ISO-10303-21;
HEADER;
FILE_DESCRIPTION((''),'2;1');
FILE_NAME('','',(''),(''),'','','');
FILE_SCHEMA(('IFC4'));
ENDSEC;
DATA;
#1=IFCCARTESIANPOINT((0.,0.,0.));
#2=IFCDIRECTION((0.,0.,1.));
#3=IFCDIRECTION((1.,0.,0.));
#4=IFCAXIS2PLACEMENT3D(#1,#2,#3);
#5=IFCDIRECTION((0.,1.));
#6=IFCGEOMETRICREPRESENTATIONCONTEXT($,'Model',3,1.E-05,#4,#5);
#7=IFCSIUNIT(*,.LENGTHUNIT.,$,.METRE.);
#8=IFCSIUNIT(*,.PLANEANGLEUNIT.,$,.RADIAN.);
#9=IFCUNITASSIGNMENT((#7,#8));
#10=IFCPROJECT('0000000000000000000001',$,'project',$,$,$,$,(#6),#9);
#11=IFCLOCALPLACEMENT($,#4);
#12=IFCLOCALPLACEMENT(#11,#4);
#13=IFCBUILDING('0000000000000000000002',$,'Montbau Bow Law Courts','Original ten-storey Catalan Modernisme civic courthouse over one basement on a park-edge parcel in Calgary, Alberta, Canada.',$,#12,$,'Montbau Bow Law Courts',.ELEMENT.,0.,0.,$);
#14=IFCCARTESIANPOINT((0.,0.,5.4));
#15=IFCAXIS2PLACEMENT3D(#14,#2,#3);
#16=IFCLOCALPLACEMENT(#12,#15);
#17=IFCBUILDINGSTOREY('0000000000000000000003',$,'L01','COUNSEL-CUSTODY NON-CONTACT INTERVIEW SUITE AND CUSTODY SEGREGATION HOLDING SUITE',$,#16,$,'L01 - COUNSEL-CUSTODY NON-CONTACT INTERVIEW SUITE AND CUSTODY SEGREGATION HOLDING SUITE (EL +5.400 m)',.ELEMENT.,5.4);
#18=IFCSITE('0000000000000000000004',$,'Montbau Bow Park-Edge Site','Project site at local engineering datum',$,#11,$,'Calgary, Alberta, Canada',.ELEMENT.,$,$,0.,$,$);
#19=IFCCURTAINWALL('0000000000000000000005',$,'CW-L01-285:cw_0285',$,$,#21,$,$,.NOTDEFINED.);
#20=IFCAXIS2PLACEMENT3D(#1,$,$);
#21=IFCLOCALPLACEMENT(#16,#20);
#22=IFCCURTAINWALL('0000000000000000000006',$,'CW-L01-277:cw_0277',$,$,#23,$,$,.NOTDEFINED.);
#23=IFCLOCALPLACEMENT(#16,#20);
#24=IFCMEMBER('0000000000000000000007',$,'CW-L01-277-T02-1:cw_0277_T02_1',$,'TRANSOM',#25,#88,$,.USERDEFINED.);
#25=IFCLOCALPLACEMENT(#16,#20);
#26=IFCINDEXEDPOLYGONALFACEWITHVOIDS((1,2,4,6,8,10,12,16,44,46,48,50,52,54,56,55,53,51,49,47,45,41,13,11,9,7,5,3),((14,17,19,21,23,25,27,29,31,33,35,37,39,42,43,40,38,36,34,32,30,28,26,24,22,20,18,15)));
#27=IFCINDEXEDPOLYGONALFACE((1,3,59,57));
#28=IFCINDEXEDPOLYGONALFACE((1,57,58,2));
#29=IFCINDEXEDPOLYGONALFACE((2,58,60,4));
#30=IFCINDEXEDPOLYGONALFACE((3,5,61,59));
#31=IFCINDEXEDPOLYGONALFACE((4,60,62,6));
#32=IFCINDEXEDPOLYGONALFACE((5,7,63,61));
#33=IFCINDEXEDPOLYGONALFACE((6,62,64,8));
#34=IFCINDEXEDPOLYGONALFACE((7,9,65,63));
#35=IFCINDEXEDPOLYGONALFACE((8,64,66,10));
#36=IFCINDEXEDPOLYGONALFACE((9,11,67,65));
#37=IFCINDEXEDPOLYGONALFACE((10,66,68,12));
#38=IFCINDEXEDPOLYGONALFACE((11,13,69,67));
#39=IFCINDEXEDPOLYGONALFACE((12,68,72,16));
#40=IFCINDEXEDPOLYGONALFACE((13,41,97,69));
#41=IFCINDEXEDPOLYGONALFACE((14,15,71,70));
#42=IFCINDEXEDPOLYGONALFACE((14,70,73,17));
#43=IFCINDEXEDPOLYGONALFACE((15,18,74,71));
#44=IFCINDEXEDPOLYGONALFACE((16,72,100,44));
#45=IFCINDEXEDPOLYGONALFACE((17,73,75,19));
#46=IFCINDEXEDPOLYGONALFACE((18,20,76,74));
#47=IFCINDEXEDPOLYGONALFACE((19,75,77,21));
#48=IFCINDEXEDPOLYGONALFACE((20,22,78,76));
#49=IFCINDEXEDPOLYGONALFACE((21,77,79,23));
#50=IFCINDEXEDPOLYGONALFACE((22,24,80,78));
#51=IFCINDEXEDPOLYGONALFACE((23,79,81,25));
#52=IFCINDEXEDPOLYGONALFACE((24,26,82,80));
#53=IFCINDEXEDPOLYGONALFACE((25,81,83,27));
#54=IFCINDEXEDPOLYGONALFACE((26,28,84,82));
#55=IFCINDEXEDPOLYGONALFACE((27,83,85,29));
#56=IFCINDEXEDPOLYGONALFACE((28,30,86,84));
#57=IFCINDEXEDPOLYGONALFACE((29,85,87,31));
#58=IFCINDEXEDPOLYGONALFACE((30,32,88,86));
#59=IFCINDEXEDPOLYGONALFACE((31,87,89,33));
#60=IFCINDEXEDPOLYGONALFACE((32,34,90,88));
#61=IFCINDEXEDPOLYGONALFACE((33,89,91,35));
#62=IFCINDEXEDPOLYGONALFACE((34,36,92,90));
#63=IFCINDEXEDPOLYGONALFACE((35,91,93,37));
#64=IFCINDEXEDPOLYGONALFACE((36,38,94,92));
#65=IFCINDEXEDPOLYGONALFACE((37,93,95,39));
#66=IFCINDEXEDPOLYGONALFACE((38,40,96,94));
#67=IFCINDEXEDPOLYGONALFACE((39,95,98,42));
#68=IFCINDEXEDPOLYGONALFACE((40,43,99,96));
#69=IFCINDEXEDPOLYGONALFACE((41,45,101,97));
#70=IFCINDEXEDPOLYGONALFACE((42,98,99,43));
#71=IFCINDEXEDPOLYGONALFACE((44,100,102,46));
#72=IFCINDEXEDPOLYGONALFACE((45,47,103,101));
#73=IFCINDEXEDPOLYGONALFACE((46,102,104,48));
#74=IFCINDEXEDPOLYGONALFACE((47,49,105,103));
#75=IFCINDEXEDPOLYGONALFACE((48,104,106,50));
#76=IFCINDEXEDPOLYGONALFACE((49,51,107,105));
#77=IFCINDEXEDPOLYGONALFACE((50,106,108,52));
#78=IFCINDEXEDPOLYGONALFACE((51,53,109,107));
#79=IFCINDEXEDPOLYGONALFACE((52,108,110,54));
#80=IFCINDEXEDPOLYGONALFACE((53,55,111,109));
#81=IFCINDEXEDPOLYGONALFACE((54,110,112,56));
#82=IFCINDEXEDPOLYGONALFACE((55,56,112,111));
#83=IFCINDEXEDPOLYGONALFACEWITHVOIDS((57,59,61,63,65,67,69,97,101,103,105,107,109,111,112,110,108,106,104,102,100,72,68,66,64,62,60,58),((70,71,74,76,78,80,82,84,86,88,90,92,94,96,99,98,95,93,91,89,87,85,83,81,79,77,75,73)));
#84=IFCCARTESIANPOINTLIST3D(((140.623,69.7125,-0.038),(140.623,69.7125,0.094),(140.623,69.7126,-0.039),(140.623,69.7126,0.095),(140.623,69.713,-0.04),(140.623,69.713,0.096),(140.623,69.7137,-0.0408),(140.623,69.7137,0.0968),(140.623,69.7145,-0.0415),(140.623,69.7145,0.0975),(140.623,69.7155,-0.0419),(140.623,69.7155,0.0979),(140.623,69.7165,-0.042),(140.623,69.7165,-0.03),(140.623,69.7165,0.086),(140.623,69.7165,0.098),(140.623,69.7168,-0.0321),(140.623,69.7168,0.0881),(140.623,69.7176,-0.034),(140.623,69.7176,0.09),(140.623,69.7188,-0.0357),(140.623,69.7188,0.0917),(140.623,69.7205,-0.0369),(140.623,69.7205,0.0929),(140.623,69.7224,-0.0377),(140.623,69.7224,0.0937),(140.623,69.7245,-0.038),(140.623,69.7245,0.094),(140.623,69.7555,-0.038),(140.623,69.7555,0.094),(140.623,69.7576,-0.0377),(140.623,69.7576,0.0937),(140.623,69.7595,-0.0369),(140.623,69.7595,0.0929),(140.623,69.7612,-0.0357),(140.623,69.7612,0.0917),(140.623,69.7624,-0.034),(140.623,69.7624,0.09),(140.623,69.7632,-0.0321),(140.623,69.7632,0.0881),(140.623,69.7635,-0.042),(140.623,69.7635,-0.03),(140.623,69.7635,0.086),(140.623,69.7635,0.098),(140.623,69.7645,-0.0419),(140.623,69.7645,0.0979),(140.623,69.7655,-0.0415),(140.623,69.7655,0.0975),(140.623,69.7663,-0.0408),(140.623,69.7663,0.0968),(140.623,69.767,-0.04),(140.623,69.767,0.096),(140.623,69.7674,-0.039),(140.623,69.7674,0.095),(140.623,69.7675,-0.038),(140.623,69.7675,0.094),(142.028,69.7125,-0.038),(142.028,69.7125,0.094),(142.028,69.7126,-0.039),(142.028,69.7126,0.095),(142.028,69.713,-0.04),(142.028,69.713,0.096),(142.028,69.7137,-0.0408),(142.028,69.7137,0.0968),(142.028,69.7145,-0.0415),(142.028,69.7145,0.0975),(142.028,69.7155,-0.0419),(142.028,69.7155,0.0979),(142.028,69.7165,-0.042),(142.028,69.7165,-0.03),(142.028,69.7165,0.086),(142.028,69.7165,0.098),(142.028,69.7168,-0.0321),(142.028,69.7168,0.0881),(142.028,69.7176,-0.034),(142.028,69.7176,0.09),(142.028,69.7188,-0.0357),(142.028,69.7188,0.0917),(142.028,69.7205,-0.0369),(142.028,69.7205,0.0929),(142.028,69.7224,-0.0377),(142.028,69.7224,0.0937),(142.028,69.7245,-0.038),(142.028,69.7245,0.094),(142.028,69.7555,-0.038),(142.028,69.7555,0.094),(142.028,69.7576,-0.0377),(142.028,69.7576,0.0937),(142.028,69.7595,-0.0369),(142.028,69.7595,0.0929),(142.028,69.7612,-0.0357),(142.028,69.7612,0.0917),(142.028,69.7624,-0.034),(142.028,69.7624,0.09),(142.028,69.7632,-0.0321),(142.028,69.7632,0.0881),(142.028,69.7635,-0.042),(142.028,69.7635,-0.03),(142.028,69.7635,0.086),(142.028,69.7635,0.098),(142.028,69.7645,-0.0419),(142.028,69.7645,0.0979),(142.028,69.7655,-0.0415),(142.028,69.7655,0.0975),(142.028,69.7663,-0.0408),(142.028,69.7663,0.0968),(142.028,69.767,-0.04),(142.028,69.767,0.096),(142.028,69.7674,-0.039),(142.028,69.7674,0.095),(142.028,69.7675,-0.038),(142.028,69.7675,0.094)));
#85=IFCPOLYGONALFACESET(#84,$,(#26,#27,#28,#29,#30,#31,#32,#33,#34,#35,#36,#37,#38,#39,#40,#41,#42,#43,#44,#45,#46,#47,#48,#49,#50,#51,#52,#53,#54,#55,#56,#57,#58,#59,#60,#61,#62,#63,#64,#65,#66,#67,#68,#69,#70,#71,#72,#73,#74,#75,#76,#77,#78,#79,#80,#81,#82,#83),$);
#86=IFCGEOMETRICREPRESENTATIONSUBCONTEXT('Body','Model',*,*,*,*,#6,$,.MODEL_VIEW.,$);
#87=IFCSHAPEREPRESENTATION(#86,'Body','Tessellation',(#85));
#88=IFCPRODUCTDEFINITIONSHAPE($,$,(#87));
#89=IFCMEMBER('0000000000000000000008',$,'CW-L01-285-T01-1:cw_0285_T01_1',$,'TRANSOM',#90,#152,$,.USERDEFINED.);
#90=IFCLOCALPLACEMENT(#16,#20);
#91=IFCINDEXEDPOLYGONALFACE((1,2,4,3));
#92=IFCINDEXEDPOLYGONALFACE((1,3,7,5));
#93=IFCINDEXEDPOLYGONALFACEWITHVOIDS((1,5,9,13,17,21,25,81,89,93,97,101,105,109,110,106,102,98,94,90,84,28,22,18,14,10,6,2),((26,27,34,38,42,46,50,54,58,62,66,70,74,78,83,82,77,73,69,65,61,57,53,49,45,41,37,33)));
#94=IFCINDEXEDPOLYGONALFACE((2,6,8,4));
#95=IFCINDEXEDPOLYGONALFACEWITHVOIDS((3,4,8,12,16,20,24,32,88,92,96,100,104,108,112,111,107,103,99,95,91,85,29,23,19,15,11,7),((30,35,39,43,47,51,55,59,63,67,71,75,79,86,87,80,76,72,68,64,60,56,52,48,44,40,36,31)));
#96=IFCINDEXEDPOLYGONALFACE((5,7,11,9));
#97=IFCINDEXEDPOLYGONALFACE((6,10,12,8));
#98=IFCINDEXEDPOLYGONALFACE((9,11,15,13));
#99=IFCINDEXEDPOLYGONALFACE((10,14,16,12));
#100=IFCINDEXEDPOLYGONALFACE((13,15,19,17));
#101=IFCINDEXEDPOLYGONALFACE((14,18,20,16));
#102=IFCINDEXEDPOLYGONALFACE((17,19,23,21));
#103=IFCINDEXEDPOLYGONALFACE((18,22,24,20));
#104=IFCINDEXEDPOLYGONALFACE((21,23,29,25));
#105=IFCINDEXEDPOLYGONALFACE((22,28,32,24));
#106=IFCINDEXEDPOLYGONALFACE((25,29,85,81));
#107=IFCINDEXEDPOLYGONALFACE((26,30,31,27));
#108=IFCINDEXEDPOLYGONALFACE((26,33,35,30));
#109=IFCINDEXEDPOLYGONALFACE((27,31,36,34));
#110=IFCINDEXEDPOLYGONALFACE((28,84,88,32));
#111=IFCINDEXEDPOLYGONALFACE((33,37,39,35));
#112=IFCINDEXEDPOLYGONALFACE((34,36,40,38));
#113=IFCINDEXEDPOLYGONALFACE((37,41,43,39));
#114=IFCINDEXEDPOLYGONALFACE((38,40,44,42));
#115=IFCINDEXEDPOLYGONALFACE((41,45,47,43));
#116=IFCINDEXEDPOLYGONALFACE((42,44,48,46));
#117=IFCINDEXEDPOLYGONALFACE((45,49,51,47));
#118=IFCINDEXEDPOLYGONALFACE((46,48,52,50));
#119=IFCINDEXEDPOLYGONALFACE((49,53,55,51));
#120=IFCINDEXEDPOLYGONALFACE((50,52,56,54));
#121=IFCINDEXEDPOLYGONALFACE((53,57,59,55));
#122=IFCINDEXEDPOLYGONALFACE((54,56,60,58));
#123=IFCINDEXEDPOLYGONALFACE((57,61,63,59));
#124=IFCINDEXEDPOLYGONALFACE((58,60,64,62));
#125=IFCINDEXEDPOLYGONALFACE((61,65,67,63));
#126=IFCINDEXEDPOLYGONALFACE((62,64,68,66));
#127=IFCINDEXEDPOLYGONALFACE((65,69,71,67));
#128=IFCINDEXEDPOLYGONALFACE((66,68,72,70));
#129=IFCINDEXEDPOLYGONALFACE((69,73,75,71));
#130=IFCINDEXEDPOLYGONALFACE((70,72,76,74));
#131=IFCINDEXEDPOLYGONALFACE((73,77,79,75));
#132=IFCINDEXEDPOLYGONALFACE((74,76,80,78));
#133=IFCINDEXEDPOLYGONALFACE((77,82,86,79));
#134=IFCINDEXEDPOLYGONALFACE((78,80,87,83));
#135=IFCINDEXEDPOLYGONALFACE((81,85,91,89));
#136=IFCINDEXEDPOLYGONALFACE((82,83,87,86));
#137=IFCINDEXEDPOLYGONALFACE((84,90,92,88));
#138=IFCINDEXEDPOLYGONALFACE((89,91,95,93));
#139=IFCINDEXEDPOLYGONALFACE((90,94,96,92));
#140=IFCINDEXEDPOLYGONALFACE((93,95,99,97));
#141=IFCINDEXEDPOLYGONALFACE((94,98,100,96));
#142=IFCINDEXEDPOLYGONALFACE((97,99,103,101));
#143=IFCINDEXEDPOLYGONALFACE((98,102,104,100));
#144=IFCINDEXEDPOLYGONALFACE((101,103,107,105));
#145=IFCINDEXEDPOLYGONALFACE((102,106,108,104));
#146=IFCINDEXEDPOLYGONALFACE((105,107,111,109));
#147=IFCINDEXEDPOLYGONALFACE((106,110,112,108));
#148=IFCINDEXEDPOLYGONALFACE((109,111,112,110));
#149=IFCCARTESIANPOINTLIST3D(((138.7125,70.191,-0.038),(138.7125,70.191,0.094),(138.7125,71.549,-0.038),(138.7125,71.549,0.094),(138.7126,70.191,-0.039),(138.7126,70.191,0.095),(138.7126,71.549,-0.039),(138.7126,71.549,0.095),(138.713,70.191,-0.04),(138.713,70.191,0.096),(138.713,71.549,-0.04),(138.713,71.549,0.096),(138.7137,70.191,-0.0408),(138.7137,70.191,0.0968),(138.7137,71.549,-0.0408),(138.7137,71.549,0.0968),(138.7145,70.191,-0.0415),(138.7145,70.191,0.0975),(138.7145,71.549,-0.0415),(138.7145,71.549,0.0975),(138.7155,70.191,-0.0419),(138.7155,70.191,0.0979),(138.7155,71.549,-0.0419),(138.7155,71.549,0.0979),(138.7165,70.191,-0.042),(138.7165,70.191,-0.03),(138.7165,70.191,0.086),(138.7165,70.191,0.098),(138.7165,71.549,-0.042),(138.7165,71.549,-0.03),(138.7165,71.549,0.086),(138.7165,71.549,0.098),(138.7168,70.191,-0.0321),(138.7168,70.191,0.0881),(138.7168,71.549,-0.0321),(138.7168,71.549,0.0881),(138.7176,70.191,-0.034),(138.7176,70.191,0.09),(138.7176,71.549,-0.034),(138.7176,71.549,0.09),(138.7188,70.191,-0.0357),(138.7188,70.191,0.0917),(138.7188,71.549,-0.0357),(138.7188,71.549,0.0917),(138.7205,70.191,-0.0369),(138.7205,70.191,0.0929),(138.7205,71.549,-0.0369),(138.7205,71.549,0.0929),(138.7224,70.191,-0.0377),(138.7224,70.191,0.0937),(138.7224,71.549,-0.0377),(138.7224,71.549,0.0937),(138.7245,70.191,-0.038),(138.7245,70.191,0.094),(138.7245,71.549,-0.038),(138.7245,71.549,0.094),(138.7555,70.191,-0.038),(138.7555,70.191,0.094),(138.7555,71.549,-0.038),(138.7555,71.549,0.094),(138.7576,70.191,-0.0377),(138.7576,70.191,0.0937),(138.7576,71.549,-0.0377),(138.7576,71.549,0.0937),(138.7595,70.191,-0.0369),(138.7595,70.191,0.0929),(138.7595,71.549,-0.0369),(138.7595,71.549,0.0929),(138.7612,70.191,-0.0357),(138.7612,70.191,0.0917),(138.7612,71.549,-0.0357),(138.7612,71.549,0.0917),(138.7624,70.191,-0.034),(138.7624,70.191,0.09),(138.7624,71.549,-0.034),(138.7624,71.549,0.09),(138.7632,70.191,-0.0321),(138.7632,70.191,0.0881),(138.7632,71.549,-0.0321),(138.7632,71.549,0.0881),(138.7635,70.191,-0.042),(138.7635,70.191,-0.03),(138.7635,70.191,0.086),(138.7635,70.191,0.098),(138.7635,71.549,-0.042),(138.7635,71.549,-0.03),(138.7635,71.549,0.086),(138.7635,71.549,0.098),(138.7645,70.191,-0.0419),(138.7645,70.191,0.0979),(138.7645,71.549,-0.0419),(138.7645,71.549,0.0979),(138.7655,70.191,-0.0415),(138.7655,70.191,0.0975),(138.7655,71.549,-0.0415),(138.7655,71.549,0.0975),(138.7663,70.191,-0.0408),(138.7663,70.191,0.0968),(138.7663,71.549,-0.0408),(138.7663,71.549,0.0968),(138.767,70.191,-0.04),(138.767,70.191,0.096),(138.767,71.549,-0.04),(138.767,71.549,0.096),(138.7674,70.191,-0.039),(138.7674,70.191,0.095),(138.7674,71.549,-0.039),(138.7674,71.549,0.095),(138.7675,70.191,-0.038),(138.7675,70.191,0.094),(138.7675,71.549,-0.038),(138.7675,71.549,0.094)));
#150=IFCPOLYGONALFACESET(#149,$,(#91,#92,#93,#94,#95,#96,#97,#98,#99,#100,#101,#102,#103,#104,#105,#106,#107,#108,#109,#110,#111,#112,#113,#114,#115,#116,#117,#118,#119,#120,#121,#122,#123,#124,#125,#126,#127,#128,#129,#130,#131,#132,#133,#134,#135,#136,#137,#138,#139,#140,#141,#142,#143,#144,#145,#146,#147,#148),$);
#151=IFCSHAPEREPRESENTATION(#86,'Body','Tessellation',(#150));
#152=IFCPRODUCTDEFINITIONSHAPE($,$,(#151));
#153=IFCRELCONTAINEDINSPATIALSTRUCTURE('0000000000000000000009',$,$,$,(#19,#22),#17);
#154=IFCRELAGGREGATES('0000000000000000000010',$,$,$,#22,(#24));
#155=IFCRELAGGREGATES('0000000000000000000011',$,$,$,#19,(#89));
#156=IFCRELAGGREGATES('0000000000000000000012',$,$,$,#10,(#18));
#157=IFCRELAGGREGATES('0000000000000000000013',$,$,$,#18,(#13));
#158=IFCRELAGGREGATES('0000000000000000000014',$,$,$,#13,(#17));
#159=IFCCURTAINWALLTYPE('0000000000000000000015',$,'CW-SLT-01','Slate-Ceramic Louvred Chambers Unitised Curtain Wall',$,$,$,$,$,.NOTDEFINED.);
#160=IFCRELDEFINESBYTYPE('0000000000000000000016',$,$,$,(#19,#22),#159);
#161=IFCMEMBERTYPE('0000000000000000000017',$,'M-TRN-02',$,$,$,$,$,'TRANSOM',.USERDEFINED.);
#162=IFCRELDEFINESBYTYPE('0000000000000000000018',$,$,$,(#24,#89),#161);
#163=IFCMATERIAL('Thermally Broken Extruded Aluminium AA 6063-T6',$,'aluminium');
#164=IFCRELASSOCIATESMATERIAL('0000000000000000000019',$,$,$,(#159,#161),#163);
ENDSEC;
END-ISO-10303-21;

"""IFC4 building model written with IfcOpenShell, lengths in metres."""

from ifc_helpers import new_model, si_unit, direction, frame, origin_with_axes, origin_2d_with_axis, place, context, subcontext, project, spatial, hollow_rectangle, extrude, material, material_profile, profile_set, type_object, element, aggregate, save


model = new_model("IFC4")

# Units and contexts
model_context = context("Model", 3, precision=1e-05, world=origin_with_axes(), true_north=direction((0.0, 1.0)))
body_context = subcontext(model_context, "Body", "Model", "MODEL_VIEW")
ifc_project = project(units=[si_unit("LENGTHUNIT", "METRE"), si_unit("PLANEANGLEUNIT", "RADIAN")], contexts=[model_context])

# Site, building, storey
site_placement = place(None, origin_with_axes())
site = spatial("IfcSite", under=ifc_project, at=site_placement, Name="Montbau Bow Park-Edge Site", Description="Project site at local engineering datum", LongName="Calgary, Alberta, Canada", CompositionType="ELEMENT", RefElevation=0.0)
building_placement = place(site_placement, origin_with_axes())
building = spatial("IfcBuilding", under=site, at=building_placement, Name="Montbau Bow Law Courts", Description="Original ten-storey Catalan Modernisme civic courthouse over one basement on a park-edge parcel in Calgary, Alberta, Canada.", LongName="Montbau Bow Law Courts", CompositionType="ELEMENT", ElevationOfRefHeight=0.0, ElevationOfTerrain=0.0)
storey_placement = place(building_placement, frame((0.0, 0.0, 5.4), z_axis=(0.0, 0.0, 1.0), x_axis=(1.0, 0.0, 0.0)))
storey = spatial("IfcBuildingStorey", under=building, at=storey_placement, Name="L01", Description="COUNSEL-CUSTODY NON-CONTACT INTERVIEW SUITE AND CUSTODY SEGREGATION HOLDING SUITE", LongName="L01 - COUNSEL-CUSTODY NON-CONTACT INTERVIEW SUITE AND CUSTODY SEGREGATION HOLDING SUITE (EL +5.400 m)", CompositionType="ELEMENT", Elevation=5.4)

# Curtain walls, member
ifc_material_1 = material(Name="Thermally Broken Extruded Aluminium AA 6063-T6", Category="aluminium")
curtain_wall_type = type_object("IfcCurtainWallType", Name="CW-SLT-01", Description="Slate-Ceramic Louvred Chambers Unitised Curtain Wall", PredefinedType="NOTDEFINED", material=ifc_material_1)
curtain_wall_1_placement = place(None, frame((138.74, 70.115, 5.4), z_axis=(0.0, 0.0, 1.0), x_axis=(1.0, 0.0, 0.0)))
curtain_wall_1 = element("IfcCurtainWall", 1, at=curtain_wall_1_placement, inside=storey, type_object=curtain_wall_type, Name="CW-L01-285:cw_0285", PredefinedType="NOTDEFINED")
curtain_wall_2_placement = place(None, frame((139.115, 69.74, 5.4), z_axis=(0.0, 0.0, 1.0), x_axis=(1.0, 0.0, 0.0)))
curtain_wall_2 = element("IfcCurtainWall", 2, at=curtain_wall_2_placement, inside=storey, type_object=curtain_wall_type, Name="CW-L01-277:cw_0277", PredefinedType="NOTDEFINED")
ifc_material_profile_1 = material_profile(ifc_material_1, hollow_rectangle(XDim=0.055, YDim=0.14, WallThickness=0.004, InnerFilletRadius=0.008, OuterFilletRadius=0.004, at=origin_2d_with_axis()), Name="CWT-140X55", Category="Main", Priority=0)
ifc_profile_set_1 = profile_set([ifc_material_profile_1], Name="Thermally Broken Extruded Aluminium AA 6063-T6")
member_type_1 = type_object("IfcMemberType", Name="M-TRN-02", ElementType="TRANSOM", PredefinedType="USERDEFINED", material=ifc_profile_set_1)
member_1_placement = place(None, frame((140.623, 69.74, 5.428), z_axis=(1.0, 0.0, 0.0), x_axis=(0.0, 1.0, 0.0)))
member_1 = element("IfcMember", 3, at=member_1_placement, type_object=member_type_1, Name="CW-L01-277-T02-1:cw_0277_T02_1", ObjectType="TRANSOM", PredefinedType="USERDEFINED", context=body_context, shape_type="SweptSolid", body=[
    extrude(hollow_rectangle(XDim=0.055, YDim=0.14, WallThickness=0.004, InnerFilletRadius=0.008, OuterFilletRadius=0.004, at=origin_2d_with_axis()), origin_with_axes(), (0.0, 0.0, 1.0), 1.405),
])
aggregate(curtain_wall_2, [member_1])

# Member
member_2_placement = place(None, frame((138.74, 70.191, 5.428), z_axis=(0.0, 1.0, 0.0), x_axis=(-1.0, 0.0, 0.0)))
member_2 = element("IfcMember", 4, at=member_2_placement, type_object=member_type_1, Name="CW-L01-285-T01-1:cw_0285_T01_1", ObjectType="TRANSOM", PredefinedType="USERDEFINED", context=body_context, shape_type="SweptSolid", body=[
    extrude(hollow_rectangle(XDim=0.055, YDim=0.14, WallThickness=0.004, InnerFilletRadius=0.008, OuterFilletRadius=0.004, at=origin_2d_with_axis()), origin_with_axes(), (0.0, 0.0, 1.0), 1.358),
])
aggregate(curtain_wall_1, [member_2])

save(model, "model.ifc")
